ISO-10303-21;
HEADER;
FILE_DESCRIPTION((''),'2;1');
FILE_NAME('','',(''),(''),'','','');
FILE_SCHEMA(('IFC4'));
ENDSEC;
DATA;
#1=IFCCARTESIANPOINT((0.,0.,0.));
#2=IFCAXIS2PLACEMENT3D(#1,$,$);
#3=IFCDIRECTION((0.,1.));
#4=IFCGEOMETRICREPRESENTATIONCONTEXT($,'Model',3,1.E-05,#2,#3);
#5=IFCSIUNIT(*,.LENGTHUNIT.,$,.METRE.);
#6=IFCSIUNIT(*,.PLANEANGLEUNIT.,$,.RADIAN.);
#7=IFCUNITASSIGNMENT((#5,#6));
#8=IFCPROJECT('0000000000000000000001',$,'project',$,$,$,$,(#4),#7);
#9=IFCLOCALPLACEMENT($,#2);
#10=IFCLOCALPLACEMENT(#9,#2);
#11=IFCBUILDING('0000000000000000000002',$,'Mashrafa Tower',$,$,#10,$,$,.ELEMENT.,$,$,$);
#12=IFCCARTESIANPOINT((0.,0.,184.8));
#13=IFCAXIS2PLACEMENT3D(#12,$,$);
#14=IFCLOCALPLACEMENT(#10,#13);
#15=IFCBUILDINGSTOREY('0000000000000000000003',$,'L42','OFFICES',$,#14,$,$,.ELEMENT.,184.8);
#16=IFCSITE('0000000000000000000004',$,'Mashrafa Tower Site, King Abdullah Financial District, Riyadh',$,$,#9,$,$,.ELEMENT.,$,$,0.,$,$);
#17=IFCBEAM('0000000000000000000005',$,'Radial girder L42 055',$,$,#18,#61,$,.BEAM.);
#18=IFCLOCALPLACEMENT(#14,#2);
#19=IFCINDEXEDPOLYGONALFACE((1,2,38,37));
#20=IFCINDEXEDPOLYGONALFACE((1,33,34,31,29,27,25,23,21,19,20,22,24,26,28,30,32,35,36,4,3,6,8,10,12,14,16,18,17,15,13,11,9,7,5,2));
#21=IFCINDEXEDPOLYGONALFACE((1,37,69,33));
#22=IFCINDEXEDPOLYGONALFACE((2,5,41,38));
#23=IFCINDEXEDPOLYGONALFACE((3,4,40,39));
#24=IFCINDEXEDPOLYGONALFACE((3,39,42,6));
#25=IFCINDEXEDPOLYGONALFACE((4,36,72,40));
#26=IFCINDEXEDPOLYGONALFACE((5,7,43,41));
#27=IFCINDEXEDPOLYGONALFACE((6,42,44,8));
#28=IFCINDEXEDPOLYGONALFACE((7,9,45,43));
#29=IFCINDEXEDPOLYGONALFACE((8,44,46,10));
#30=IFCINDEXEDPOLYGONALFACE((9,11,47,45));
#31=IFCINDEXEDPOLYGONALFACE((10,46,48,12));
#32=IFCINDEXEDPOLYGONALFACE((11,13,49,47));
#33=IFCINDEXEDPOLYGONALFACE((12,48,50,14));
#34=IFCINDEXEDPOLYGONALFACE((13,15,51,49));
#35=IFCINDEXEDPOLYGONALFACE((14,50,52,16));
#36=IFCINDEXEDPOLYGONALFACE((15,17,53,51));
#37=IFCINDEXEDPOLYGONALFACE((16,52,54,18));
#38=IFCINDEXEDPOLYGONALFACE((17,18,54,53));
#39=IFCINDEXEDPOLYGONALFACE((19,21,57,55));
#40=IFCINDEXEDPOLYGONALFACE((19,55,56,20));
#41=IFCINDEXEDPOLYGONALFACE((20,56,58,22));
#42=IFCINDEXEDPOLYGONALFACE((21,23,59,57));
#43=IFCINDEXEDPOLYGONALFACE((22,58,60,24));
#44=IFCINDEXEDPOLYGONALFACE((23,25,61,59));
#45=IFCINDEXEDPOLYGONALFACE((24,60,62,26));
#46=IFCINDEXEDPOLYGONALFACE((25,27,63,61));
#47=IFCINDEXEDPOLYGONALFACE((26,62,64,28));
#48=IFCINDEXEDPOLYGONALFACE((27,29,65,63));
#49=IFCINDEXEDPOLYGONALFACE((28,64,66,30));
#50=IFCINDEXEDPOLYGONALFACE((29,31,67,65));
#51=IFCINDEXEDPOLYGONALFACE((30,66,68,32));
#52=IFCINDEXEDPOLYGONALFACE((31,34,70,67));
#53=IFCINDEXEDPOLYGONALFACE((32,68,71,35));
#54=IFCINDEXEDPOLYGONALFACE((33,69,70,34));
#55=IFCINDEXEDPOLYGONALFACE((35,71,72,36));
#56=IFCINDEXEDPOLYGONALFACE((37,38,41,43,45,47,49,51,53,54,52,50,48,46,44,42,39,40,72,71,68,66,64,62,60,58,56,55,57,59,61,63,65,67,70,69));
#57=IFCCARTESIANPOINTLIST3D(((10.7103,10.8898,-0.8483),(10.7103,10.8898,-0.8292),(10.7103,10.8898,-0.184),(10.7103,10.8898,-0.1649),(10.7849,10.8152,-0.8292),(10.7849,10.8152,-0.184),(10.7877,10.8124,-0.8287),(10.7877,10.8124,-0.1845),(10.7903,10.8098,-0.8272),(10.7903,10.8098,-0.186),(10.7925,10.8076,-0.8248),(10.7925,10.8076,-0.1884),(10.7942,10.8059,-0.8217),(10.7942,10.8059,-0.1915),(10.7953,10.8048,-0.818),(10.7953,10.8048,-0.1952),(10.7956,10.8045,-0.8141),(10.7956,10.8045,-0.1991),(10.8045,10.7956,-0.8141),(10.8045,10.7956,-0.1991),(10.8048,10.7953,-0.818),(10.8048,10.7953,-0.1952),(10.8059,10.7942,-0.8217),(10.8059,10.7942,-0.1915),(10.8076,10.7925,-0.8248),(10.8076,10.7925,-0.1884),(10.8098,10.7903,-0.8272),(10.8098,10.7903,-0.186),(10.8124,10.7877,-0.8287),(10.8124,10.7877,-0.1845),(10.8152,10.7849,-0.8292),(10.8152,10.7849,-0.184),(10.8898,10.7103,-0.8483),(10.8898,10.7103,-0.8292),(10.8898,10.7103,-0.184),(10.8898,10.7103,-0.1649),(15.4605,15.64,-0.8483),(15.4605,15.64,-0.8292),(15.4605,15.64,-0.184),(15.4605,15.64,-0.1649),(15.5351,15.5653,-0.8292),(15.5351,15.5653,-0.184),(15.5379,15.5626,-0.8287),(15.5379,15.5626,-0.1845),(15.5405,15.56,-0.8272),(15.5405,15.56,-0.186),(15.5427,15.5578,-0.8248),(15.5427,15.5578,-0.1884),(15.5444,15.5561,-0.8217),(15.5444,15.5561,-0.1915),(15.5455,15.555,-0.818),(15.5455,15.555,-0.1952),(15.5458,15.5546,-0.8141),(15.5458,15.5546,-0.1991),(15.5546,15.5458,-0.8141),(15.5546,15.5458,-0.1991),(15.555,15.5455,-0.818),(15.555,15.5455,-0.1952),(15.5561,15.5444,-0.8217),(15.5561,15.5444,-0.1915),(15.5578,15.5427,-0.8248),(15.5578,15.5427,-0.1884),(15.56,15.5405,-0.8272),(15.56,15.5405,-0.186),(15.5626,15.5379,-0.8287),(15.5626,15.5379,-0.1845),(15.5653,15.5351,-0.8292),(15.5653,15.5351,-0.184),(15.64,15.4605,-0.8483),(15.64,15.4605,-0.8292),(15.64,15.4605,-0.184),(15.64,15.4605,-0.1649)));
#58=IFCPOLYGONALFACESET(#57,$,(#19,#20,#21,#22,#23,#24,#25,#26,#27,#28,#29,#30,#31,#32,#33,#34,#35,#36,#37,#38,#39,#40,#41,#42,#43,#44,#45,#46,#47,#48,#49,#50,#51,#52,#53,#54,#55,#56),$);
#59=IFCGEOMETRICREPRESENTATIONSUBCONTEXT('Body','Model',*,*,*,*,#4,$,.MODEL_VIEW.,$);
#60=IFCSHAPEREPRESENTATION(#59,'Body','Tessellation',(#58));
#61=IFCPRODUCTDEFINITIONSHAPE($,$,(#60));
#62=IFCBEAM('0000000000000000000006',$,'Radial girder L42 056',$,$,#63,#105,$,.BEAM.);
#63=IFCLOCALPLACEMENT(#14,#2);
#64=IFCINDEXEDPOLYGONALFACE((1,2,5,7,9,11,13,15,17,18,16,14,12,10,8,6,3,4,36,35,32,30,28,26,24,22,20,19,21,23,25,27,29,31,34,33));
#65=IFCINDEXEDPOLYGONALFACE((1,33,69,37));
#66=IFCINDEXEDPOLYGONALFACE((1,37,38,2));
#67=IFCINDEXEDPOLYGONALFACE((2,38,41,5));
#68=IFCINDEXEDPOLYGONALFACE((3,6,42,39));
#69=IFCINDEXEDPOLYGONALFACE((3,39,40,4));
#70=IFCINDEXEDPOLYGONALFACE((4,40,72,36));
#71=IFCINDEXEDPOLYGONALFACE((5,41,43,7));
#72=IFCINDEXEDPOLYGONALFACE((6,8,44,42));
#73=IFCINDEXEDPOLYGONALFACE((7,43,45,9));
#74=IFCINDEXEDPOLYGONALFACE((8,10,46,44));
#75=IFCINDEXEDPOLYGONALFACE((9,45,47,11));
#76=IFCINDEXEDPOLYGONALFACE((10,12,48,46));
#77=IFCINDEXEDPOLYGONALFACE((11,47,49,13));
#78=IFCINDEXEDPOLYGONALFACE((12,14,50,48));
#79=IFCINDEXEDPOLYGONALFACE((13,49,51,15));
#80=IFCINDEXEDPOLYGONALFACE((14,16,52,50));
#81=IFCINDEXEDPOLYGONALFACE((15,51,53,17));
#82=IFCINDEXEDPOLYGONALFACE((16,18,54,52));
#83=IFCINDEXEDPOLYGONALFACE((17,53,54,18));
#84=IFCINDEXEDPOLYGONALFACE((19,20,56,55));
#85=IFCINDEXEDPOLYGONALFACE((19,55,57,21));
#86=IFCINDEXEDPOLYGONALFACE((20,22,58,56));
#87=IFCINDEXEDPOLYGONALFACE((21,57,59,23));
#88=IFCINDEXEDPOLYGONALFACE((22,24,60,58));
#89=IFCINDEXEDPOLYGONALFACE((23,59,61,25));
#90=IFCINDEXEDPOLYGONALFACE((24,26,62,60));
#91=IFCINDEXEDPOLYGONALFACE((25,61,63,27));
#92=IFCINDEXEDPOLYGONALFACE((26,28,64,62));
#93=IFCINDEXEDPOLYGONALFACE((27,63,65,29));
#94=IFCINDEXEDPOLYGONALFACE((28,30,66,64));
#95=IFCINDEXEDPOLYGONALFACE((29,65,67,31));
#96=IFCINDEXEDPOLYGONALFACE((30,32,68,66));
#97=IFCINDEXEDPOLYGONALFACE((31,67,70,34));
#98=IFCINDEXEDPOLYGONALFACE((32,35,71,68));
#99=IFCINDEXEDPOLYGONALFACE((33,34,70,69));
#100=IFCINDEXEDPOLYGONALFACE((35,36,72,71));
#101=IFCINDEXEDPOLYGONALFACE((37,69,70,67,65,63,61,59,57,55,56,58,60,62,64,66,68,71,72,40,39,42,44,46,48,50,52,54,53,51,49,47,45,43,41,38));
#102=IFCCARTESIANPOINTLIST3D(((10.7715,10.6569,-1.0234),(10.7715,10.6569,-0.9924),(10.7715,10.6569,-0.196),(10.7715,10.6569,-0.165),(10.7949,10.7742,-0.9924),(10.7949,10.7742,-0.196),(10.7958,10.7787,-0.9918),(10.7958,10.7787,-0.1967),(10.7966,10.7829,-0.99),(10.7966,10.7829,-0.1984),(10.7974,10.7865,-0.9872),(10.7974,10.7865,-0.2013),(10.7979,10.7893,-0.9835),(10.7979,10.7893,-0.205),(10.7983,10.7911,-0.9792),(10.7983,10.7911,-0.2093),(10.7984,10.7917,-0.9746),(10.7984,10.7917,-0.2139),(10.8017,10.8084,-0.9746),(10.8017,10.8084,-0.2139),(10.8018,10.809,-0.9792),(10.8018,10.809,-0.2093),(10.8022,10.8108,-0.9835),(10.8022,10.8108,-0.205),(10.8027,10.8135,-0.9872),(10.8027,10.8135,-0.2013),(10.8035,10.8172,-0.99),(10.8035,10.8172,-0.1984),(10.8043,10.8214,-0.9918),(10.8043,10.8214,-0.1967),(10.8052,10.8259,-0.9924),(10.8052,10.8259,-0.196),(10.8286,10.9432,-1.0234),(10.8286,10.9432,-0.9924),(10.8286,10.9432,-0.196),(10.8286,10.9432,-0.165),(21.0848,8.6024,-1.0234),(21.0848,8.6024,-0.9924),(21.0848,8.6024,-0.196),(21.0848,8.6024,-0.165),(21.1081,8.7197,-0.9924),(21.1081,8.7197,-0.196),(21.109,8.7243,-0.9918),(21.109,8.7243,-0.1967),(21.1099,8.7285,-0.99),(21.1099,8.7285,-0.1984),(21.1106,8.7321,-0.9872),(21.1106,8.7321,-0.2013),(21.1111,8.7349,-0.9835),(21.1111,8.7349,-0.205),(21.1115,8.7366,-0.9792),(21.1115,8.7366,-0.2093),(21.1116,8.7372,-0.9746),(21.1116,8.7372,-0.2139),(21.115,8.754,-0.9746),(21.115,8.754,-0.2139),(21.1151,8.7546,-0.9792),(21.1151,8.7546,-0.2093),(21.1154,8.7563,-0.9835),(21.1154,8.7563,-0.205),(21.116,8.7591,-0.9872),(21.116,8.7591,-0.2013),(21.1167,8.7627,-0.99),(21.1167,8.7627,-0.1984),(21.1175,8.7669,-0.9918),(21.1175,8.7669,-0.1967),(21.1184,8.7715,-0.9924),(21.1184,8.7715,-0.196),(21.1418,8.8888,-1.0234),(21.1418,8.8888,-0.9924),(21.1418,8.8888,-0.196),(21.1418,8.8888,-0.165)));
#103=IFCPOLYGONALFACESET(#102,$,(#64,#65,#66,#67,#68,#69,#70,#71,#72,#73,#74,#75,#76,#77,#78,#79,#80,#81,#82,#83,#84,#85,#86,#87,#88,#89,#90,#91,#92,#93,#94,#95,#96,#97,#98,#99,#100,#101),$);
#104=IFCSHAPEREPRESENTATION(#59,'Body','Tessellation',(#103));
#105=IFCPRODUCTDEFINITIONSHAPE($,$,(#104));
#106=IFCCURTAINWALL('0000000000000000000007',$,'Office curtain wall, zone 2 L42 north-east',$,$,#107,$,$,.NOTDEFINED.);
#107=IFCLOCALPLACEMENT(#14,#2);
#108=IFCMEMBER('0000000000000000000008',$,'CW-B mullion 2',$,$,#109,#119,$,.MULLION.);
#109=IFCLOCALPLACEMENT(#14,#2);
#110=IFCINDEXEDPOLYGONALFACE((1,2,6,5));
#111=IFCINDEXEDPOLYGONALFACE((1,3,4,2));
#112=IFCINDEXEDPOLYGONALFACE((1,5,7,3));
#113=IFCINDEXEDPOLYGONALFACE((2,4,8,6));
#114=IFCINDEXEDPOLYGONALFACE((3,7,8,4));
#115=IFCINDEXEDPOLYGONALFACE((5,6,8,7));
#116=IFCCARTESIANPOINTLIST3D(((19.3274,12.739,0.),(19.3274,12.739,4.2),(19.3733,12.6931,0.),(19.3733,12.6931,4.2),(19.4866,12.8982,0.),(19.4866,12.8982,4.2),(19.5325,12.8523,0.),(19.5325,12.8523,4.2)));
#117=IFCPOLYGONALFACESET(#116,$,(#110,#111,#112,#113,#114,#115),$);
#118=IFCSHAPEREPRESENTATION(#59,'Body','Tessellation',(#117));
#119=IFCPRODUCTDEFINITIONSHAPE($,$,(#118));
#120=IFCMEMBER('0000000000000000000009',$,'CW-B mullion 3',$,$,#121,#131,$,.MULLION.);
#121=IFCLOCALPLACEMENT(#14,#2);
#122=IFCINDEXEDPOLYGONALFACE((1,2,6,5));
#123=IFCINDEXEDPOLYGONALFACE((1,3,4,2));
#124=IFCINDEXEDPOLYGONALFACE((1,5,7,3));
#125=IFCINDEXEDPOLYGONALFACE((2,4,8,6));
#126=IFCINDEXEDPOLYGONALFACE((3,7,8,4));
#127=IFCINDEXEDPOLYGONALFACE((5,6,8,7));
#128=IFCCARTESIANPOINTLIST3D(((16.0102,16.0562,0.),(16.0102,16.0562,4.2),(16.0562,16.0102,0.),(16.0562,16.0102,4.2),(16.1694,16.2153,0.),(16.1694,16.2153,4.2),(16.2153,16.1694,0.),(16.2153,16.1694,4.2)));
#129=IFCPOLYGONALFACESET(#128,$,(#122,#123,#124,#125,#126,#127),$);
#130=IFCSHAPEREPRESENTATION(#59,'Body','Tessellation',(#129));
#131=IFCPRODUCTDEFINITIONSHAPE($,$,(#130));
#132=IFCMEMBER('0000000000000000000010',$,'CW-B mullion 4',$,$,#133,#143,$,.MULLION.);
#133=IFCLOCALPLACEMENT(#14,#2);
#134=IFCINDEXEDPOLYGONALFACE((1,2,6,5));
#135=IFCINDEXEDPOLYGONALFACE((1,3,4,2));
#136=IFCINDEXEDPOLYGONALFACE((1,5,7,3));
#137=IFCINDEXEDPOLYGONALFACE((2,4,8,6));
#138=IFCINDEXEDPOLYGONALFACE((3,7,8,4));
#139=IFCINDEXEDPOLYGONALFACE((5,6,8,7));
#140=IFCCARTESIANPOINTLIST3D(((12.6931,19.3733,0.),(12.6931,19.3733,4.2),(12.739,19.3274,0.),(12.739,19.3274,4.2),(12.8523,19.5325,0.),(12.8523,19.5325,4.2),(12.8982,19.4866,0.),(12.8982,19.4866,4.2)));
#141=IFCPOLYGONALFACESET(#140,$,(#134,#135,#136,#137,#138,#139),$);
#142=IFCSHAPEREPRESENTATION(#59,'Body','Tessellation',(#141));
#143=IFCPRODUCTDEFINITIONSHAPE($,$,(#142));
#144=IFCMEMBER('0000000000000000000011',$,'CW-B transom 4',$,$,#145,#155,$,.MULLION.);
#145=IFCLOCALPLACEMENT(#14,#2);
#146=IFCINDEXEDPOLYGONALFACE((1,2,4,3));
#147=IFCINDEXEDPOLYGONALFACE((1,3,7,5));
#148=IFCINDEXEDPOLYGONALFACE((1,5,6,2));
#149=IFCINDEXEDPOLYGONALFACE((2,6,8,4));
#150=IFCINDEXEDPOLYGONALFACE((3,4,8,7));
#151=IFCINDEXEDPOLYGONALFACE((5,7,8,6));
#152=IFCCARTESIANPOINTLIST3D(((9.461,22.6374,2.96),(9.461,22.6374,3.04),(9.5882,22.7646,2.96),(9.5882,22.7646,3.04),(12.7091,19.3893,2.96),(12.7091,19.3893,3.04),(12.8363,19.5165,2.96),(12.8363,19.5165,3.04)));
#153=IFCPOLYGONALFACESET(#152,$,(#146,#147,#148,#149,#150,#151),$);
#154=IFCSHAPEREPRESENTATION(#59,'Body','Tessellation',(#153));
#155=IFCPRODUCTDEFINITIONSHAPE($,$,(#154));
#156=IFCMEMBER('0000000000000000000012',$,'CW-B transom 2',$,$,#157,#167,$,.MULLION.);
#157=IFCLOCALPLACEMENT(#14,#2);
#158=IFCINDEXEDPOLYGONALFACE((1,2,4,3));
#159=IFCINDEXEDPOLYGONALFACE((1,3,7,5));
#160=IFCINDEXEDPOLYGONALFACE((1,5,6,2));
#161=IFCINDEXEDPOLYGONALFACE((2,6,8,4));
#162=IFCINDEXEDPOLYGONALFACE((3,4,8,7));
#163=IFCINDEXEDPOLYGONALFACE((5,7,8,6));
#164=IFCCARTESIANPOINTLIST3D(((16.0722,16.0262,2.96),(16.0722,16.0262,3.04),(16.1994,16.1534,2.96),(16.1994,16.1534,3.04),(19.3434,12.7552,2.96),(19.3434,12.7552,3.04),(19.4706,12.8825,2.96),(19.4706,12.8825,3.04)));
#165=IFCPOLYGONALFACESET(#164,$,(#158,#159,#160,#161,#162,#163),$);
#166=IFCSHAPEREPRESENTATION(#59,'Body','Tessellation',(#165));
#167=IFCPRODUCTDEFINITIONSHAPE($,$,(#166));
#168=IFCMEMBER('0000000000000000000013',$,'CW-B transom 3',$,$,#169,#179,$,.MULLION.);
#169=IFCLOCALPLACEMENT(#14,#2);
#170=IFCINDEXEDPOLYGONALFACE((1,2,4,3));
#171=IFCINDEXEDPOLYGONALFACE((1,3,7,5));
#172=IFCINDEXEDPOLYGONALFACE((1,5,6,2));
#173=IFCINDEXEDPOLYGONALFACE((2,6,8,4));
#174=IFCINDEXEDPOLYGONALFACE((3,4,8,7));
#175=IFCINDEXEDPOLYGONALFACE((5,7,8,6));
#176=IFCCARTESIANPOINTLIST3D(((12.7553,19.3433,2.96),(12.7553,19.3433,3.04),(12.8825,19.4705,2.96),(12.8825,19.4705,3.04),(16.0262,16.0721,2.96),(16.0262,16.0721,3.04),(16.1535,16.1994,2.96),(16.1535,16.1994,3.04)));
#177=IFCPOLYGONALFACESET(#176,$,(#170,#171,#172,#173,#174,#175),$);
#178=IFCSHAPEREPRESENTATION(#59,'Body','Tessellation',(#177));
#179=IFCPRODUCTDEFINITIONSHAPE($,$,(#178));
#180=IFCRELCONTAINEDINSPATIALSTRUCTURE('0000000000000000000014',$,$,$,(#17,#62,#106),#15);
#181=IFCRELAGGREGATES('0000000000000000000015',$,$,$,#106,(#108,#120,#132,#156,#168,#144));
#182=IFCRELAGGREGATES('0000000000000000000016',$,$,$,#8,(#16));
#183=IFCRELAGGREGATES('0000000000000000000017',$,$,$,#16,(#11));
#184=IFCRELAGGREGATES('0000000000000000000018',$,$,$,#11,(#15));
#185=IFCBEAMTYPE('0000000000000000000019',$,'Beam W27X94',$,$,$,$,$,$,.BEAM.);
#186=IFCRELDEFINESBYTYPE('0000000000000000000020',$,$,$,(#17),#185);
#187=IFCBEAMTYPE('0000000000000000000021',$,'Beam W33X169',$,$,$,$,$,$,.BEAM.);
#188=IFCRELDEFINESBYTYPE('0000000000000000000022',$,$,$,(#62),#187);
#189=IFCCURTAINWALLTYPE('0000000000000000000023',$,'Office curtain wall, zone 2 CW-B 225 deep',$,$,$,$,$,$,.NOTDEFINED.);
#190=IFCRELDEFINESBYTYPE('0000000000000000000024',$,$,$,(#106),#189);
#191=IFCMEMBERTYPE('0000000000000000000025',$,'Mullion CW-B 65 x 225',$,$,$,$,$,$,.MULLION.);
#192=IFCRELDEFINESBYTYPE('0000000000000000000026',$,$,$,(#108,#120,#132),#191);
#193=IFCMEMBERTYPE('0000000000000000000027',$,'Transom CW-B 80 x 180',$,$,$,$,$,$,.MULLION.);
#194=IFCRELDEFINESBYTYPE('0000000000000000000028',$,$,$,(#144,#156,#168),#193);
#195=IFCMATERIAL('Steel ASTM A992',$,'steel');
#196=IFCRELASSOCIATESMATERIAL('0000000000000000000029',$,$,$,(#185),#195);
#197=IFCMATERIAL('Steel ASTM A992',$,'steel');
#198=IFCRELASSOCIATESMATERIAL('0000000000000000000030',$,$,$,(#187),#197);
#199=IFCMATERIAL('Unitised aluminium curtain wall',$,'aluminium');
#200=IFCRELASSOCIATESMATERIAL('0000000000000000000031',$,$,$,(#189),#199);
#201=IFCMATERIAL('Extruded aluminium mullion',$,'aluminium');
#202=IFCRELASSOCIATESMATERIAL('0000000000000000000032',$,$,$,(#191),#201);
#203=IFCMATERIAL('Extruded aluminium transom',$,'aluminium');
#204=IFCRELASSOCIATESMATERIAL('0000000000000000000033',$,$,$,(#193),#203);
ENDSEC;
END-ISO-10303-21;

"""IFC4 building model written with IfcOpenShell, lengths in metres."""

from ifc_helpers import new_model, si_unit, direction, frame, origin, origin_2d, place, context, subcontext, project, spatial, rectangle, i_section, extrude, source, transform, mapped, material, material_profile, profile_set, type_object, type_shapes, element, aggregate, save


model = new_model("IFC4")

# Units and contexts
model_context = context("Model", 3, precision=1e-05, world=origin(), true_north=direction((0.0, 1.0)))
body_context = subcontext(model_context, "Body", "Model", "MODEL_VIEW")
ifc_project = project(units=[si_unit("LENGTHUNIT", "METRE"), si_unit("PLANEANGLEUNIT", "RADIAN")], contexts=[model_context])

# Site, building, storey
site_placement = place(None, origin())
site = spatial("IfcSite", under=ifc_project, at=site_placement, Name="Mashrafa Tower Site, King Abdullah Financial District, Riyadh", CompositionType="ELEMENT", RefElevation=0.0)
building_placement = place(site_placement, origin())
building = spatial("IfcBuilding", under=site, at=building_placement, Name="Mashrafa Tower", CompositionType="ELEMENT")
storey_placement = place(building_placement, frame((0.0, 0.0, 184.8)))
storey = spatial("IfcBuildingStorey", under=building, at=storey_placement, Name="L42", Description="OFFICES", CompositionType="ELEMENT", Elevation=184.8)

# Beams
ifc_material_1 = material(Name="Steel ASTM A992", Category="steel")
ifc_material_profile_1 = material_profile(ifc_material_1, i_section(OverallWidth=0.2539, OverallDepth=0.6833, WebThickness=0.0125, FlangeThickness=0.019, FilletRadius=0.0151, at=origin_2d()), Name="W27X94")
ifc_profile_set_1 = profile_set([ifc_material_profile_1], Name="Steel ASTM A992")
beam_type_1 = type_object("IfcBeamType", Name="Beam W27X94", PredefinedType="BEAM", material=ifc_profile_set_1)
beam_1_placement = place(storey_placement, frame((10.8, 10.8, -0.5066), z_axis=(0.707107, 0.707107, 0.0), x_axis=(-0.707107, 0.707107, 0.0)))
element("IfcBeam", 1, at=beam_1_placement, inside=storey, type_object=beam_type_1, Name="Radial girder L42 055", PredefinedType="BEAM", context=body_context, shape_type="SweptSolid", body=[
    extrude(i_section(OverallWidth=0.2539, OverallDepth=0.6833, WebThickness=0.0125, FlangeThickness=0.019, FilletRadius=0.0151, at=origin_2d()), origin(), (0.0, 0.0, 1.0), 6.7178),
])
ifc_material_2 = material(Name="Steel ASTM A992", Category="steel")
ifc_material_profile_2 = material_profile(ifc_material_2, i_section(OverallWidth=0.292, OverallDepth=0.8584, WebThickness=0.0171, FlangeThickness=0.031, FilletRadius=0.0178, at=origin_2d()), Name="W33X169")
ifc_profile_set_2 = profile_set([ifc_material_profile_2], Name="Steel ASTM A992")
beam_type_2 = type_object("IfcBeamType", Name="Beam W33X169", PredefinedType="BEAM", material=ifc_profile_set_2)
beam_2_placement = place(storey_placement, frame((10.8, 10.8, -0.5942), z_axis=(0.98073, -0.195366, 0.0), x_axis=(0.195366, 0.98073, 0.0)))
element("IfcBeam", 2, at=beam_2_placement, inside=storey, type_object=beam_type_2, Name="Radial girder L42 056", PredefinedType="BEAM", context=body_context, shape_type="SweptSolid", body=[
    extrude(i_section(OverallWidth=0.292, OverallDepth=0.8584, WebThickness=0.0171, FlangeThickness=0.031, FilletRadius=0.0178, at=origin_2d()), origin(), (0.0, 0.0, 1.0), 10.5159),
])

# Curtain wall, members
ifc_material_3 = material(Name="Unitised aluminium curtain wall", Category="aluminium")
curtain_wall_type = type_object("IfcCurtainWallType", Name="Office curtain wall, zone 2 CW-B 225 deep", PredefinedType="NOTDEFINED", material=ifc_material_3)
curtain_wall_placement = place(storey_placement, origin())
curtain_wall = element("IfcCurtainWall", 3, at=curtain_wall_placement, inside=storey, type_object=curtain_wall_type, Name="Office curtain wall, zone 2 L42 north-east", PredefinedType="NOTDEFINED")
ifc_material_4 = material(Name="Extruded aluminium mullion", Category="aluminium")
ifc_material_profile_3 = material_profile(ifc_material_4, rectangle(XDim=0.2251, YDim=0.0649, at=origin_2d()), Name="Mullion 65x225")
ifc_profile_set_3 = profile_set([ifc_material_profile_3], Name="Extruded aluminium mullion")
member_type_1 = type_object("IfcMemberType", Name="Mullion CW-B 65 x 225", PredefinedType="MULLION", material=ifc_profile_set_3)
shared_shape_1 = source(origin(), body_context, "Body", "SweptSolid", [
    extrude(rectangle(XDim=0.2251, YDim=0.0649, at=origin_2d()), origin(), (0.0, 0.0, 1.0), 4.2),
])
type_shapes(member_type_1, [shared_shape_1])
member_1_placement = place(storey_placement, frame((19.4299, 12.7957, 0.0), z_axis=(0.0, 0.0, 1.0), x_axis=(-0.707107, -0.707107, 0.0)))
member_1 = element("IfcMember", 4, at=member_1_placement, type_object=member_type_1, Name="CW-B mullion 2", PredefinedType="MULLION", context=body_context, shape_type="MappedRepresentation", body=[
    mapped(shared_shape_1, transform((0.0, 0.0, 0.0))),
])
member_2_placement = place(storey_placement, frame((16.1128, 16.1128, 0.0), z_axis=(0.0, 0.0, 1.0), x_axis=(-0.707107, -0.707107, 0.0)))
member_2 = element("IfcMember", 5, at=member_2_placement, type_object=member_type_1, Name="CW-B mullion 3", PredefinedType="MULLION", context=body_context, shape_type="MappedRepresentation", body=[
    mapped(shared_shape_1, transform((0.0, 0.0, 0.0))),
])
member_3_placement = place(storey_placement, frame((12.7957, 19.4299, 0.0), z_axis=(0.0, 0.0, 1.0), x_axis=(-0.707107, -0.707107, 0.0)))
member_3 = element("IfcMember", 6, at=member_3_placement, type_object=member_type_1, Name="CW-B mullion 4", PredefinedType="MULLION", context=body_context, shape_type="MappedRepresentation", body=[
    mapped(shared_shape_1, transform((0.0, 0.0, 0.0))),
])
ifc_material_5 = material(Name="Extruded aluminium transom", Category="aluminium")
ifc_material_profile_4 = material_profile(ifc_material_5, rectangle(XDim=0.1799, YDim=0.0801, at=origin_2d()), Name="Transom 80x180")
ifc_profile_set_4 = profile_set([ifc_material_profile_4], Name="Extruded aluminium transom")
member_type_2 = type_object("IfcMemberType", Name="Transom CW-B 80 x 180", PredefinedType="MULLION", material=ifc_profile_set_4)
shared_shape_2 = source(origin(), body_context, "Body", "SweptSolid", [
    extrude(rectangle(XDim=0.1799, YDim=0.0801, at=origin_2d()), origin(), (0.0, 0.0, 1.0), 4.5935),
])
member_4_placement = place(storey_placement, frame((12.7727, 19.4529, 3.0), z_axis=(-0.707107, 0.707107, 0.0), x_axis=(-0.707107, -0.707107, 0.0)))
member_4 = element("IfcMember", 7, at=member_4_placement, type_object=member_type_2, Name="CW-B transom 4", PredefinedType="MULLION", context=body_context, shape_type="MappedRepresentation", body=[
    mapped(shared_shape_2, transform((0.0, 0.0, 0.0))),
])
shared_shape_3 = source(origin(), body_context, "Body", "SweptSolid", [
    extrude(rectangle(XDim=0.1799, YDim=0.0801, at=origin_2d()), origin(), (0.0, 0.0, 1.0), 4.626),
])
type_shapes(member_type_2, [shared_shape_2, shared_shape_3])
member_5_placement = place(storey_placement, frame((19.407, 12.8188, 3.0), z_axis=(-0.707133, 0.70708, 0.0), x_axis=(-0.70708, -0.707133, 0.0)))
member_5 = element("IfcMember", 8, at=member_5_placement, type_object=member_type_2, Name="CW-B transom 2", PredefinedType="MULLION", context=body_context, shape_type="MappedRepresentation", body=[
    mapped(shared_shape_3, transform((0.0, 0.0, 0.0))),
])
member_6_placement = place(storey_placement, frame((16.0898, 16.1357, 3.0), z_axis=(-0.70708, 0.707133, 0.0), x_axis=(-0.707133, -0.70708, 0.0)))
member_6 = element("IfcMember", 9, at=member_6_placement, type_object=member_type_2, Name="CW-B transom 3", PredefinedType="MULLION", context=body_context, shape_type="MappedRepresentation", body=[
    mapped(shared_shape_3, transform((0.0, 0.0, 0.0))),
])
aggregate(curtain_wall, [member_1, member_2, member_3, member_5, member_6, member_4])

save(model, "model.ifc")
